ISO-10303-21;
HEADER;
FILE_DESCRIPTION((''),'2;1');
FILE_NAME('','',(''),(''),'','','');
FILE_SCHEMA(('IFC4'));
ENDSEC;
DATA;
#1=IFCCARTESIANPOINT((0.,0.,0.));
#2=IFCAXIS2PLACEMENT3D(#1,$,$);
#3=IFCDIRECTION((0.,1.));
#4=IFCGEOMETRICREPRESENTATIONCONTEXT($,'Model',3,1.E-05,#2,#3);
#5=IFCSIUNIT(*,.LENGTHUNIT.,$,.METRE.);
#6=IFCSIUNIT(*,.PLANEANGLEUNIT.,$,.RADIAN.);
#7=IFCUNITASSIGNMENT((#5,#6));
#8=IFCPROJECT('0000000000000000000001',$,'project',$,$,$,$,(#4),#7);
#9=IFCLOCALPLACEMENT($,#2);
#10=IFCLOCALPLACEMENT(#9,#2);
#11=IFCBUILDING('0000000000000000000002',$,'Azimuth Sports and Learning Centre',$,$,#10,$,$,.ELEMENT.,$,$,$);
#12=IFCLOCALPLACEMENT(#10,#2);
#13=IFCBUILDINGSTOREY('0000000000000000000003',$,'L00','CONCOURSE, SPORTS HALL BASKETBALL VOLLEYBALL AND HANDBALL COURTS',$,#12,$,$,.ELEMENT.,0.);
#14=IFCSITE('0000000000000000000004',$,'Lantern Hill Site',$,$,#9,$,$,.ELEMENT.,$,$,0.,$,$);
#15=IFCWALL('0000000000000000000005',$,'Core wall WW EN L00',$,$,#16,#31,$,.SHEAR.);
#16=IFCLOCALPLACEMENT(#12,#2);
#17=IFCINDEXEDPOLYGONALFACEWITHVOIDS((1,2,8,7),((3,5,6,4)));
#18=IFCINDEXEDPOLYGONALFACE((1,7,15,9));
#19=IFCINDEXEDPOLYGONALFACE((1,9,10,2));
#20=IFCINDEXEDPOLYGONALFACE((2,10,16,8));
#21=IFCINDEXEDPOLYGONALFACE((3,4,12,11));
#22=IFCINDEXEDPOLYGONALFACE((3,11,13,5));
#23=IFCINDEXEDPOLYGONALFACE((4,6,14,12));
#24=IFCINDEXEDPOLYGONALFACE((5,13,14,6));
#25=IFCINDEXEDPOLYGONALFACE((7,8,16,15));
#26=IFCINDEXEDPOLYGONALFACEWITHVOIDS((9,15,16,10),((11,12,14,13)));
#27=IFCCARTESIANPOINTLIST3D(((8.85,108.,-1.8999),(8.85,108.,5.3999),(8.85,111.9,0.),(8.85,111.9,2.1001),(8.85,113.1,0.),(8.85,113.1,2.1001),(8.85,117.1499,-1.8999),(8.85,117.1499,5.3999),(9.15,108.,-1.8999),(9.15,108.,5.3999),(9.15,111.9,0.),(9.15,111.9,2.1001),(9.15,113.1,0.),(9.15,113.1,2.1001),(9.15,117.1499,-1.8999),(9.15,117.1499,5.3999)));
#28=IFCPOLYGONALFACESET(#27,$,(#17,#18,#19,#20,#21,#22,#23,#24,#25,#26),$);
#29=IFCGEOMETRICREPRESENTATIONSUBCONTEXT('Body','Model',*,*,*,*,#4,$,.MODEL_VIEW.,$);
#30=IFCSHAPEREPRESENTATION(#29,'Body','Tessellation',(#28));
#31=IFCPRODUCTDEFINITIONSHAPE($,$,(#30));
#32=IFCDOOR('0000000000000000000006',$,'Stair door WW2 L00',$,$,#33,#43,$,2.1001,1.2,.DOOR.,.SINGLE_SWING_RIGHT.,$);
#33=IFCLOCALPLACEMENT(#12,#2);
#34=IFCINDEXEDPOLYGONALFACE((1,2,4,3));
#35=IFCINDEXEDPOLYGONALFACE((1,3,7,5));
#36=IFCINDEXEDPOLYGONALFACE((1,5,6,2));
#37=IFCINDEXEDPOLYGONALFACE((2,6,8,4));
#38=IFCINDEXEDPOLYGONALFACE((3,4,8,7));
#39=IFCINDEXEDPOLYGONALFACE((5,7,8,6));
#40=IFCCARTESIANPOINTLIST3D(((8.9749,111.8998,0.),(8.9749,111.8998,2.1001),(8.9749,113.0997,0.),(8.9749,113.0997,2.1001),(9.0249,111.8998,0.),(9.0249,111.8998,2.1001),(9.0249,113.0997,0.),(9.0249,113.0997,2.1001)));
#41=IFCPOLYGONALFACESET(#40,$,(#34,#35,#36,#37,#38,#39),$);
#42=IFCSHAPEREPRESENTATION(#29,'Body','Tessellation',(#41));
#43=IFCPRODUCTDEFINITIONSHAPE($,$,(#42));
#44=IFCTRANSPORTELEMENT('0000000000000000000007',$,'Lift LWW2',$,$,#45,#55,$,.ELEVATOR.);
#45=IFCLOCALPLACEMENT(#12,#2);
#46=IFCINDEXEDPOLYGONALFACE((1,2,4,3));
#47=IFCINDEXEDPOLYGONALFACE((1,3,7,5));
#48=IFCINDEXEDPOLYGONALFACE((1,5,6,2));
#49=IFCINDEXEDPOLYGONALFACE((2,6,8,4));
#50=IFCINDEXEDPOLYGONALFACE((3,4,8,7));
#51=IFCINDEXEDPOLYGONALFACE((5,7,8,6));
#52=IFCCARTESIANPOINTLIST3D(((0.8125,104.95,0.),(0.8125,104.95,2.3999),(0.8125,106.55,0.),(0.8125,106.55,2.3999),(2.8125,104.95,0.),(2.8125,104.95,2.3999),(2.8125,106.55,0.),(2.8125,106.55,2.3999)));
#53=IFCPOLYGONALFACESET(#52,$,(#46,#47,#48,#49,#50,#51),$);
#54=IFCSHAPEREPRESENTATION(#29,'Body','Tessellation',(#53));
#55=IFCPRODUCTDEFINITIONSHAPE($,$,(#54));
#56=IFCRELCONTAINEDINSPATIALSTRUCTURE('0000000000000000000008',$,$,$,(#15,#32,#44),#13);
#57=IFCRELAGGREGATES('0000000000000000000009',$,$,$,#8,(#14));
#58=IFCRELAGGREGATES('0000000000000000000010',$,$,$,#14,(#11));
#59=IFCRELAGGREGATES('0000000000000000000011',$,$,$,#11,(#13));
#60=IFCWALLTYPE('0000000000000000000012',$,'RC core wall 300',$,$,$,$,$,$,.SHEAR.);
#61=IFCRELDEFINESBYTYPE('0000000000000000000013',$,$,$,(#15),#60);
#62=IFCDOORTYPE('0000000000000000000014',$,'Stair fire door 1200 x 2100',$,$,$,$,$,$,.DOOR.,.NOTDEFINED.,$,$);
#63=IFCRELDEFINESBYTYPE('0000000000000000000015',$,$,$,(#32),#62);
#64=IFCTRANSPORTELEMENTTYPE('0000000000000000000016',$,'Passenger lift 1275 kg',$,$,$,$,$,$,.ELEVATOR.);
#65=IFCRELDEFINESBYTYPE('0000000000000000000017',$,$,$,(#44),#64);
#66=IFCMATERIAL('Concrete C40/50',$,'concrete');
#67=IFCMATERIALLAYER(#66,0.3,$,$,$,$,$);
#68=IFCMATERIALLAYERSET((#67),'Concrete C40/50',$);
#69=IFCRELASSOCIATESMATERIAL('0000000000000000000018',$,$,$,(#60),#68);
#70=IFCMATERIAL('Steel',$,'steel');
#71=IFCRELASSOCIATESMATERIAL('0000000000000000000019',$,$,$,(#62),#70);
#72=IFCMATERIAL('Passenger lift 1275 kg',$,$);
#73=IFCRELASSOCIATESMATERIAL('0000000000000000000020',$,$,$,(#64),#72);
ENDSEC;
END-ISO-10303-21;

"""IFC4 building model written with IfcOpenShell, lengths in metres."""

from ifc_helpers import new_model, si_unit, direction, frame, frame_2d, origin, origin_2d, place, context, subcontext, project, spatial, rectangle, extrude, material, layer, layer_set, type_object, element, fill, save


model = new_model("IFC4")

# Units and contexts
model_context = context("Model", 3, precision=1e-05, world=origin(), true_north=direction((0.0, 1.0)))
body_context = subcontext(model_context, "Body", "Model", "MODEL_VIEW")
ifc_project = project(units=[si_unit("LENGTHUNIT", "METRE"), si_unit("PLANEANGLEUNIT", "RADIAN")], contexts=[model_context])

# Site, building, storey
site_placement = place(None, origin())
site = spatial("IfcSite", under=ifc_project, at=site_placement, Name="Lantern Hill Site", CompositionType="ELEMENT", RefElevation=0.0)
building_placement = place(site_placement, origin())
building = spatial("IfcBuilding", under=site, at=building_placement, Name="Azimuth Sports and Learning Centre", CompositionType="ELEMENT")
storey_placement = place(building_placement, origin())
storey = spatial("IfcBuildingStorey", under=building, at=storey_placement, Name="L00", Description="CONCOURSE, SPORTS HALL BASKETBALL VOLLEYBALL AND HANDBALL COURTS", CompositionType="ELEMENT", Elevation=0.0)

# Wall, opening, door
ifc_material_1 = material(Name="Concrete C40/50", Category="concrete")
ifc_layer_1 = layer(ifc_material_1, 0.3)
ifc_layer_set_1 = layer_set([ifc_layer_1], Name="Concrete C40/50")
wall_type_1 = type_object("IfcWallType", Name="RC core wall 300", PredefinedType="SHEAR", material=ifc_layer_set_1)
wall_1_placement = place(storey_placement, frame((9.0, 108.0, -1.8999), z_axis=(0.0, 0.0, 1.0), x_axis=(0.0, 1.0, 0.0)))
wall_1 = element("IfcWall", 1, at=wall_1_placement, inside=storey, type_object=wall_type_1, Name="Core wall WW EN L00", PredefinedType="SHEAR", context=body_context, shape_type="SweptSolid", body=[
    extrude(rectangle(XDim=9.1499, YDim=0.3, at=frame_2d((4.575, 0.0))), origin(), (0.0, 0.0, 1.0), 7.2998),
])
opening_1_placement = place(wall_1_placement, frame((3.8999, 0.0, 1.8999)))
opening_1 = element("IfcOpeningElement", 2, at=opening_1_placement, cuts=wall_1, PredefinedType="OPENING", context=body_context, shape_type="SweptSolid", body=[
    extrude(rectangle(XDim=1.2, YDim=2.1001, at=frame_2d((0.6001, 1.05))), frame((0.0, 0.1611, 0.0), z_axis=(0.0, -1.0, 0.0), x_axis=(1.0, 0.0, 0.0)), (0.0, 0.0, 1.0), 0.322),
])
ifc_material_2 = material(Name="Steel", Category="steel")
door_type_1 = type_object("IfcDoorType", Name="Stair fire door 1200 x 2100", OperationType="NOTDEFINED", PredefinedType="DOOR", material=ifc_material_2)
door_1_placement = place(opening_1_placement, frame((1.2, 0.0, 0.0), z_axis=(0.0, 0.0, 1.0), x_axis=(-1.0, 0.0, 0.0)))
door_1 = element("IfcDoor", 3, at=door_1_placement, inside=storey, type_object=door_type_1, Name="Stair door WW2 L00", OperationType="SINGLE_SWING_RIGHT", OverallHeight=2.1001, OverallWidth=1.2, PredefinedType="DOOR", context=body_context, shape_type="SweptSolid", body=[
    extrude(rectangle(XDim=1.2, YDim=2.1001, at=frame_2d((0.6001, 1.05))), frame((0.0, 0.0249, 0.0), z_axis=(0.0, -1.0, 0.0), x_axis=(1.0, 0.0, 0.0)), (0.0, 0.0, 1.0), 0.05),
])
fill(opening_1, door_1)

# Transport element
ifc_material_3 = material(Name="Passenger lift 1275 kg")
transport_element_type = type_object("IfcTransportElementType", Name="Passenger lift 1275 kg", PredefinedType="ELEVATOR", material=ifc_material_3)
transport_element_placement = place(storey_placement, frame((1.8125, 105.75, 0.0), z_axis=(0.0, 0.0, 1.0), x_axis=(1.0, 0.0, 0.0)))
element("IfcTransportElement", 4, at=transport_element_placement, inside=storey, type_object=transport_element_type, Name="Lift LWW2", PredefinedType="ELEVATOR", context=body_context, shape_type="SweptSolid", body=[
    extrude(rectangle(XDim=2.0, YDim=1.6001, at=origin_2d()), origin(), (0.0, 0.0, 1.0), 2.3999),
])

save(model, "model.ifc")
